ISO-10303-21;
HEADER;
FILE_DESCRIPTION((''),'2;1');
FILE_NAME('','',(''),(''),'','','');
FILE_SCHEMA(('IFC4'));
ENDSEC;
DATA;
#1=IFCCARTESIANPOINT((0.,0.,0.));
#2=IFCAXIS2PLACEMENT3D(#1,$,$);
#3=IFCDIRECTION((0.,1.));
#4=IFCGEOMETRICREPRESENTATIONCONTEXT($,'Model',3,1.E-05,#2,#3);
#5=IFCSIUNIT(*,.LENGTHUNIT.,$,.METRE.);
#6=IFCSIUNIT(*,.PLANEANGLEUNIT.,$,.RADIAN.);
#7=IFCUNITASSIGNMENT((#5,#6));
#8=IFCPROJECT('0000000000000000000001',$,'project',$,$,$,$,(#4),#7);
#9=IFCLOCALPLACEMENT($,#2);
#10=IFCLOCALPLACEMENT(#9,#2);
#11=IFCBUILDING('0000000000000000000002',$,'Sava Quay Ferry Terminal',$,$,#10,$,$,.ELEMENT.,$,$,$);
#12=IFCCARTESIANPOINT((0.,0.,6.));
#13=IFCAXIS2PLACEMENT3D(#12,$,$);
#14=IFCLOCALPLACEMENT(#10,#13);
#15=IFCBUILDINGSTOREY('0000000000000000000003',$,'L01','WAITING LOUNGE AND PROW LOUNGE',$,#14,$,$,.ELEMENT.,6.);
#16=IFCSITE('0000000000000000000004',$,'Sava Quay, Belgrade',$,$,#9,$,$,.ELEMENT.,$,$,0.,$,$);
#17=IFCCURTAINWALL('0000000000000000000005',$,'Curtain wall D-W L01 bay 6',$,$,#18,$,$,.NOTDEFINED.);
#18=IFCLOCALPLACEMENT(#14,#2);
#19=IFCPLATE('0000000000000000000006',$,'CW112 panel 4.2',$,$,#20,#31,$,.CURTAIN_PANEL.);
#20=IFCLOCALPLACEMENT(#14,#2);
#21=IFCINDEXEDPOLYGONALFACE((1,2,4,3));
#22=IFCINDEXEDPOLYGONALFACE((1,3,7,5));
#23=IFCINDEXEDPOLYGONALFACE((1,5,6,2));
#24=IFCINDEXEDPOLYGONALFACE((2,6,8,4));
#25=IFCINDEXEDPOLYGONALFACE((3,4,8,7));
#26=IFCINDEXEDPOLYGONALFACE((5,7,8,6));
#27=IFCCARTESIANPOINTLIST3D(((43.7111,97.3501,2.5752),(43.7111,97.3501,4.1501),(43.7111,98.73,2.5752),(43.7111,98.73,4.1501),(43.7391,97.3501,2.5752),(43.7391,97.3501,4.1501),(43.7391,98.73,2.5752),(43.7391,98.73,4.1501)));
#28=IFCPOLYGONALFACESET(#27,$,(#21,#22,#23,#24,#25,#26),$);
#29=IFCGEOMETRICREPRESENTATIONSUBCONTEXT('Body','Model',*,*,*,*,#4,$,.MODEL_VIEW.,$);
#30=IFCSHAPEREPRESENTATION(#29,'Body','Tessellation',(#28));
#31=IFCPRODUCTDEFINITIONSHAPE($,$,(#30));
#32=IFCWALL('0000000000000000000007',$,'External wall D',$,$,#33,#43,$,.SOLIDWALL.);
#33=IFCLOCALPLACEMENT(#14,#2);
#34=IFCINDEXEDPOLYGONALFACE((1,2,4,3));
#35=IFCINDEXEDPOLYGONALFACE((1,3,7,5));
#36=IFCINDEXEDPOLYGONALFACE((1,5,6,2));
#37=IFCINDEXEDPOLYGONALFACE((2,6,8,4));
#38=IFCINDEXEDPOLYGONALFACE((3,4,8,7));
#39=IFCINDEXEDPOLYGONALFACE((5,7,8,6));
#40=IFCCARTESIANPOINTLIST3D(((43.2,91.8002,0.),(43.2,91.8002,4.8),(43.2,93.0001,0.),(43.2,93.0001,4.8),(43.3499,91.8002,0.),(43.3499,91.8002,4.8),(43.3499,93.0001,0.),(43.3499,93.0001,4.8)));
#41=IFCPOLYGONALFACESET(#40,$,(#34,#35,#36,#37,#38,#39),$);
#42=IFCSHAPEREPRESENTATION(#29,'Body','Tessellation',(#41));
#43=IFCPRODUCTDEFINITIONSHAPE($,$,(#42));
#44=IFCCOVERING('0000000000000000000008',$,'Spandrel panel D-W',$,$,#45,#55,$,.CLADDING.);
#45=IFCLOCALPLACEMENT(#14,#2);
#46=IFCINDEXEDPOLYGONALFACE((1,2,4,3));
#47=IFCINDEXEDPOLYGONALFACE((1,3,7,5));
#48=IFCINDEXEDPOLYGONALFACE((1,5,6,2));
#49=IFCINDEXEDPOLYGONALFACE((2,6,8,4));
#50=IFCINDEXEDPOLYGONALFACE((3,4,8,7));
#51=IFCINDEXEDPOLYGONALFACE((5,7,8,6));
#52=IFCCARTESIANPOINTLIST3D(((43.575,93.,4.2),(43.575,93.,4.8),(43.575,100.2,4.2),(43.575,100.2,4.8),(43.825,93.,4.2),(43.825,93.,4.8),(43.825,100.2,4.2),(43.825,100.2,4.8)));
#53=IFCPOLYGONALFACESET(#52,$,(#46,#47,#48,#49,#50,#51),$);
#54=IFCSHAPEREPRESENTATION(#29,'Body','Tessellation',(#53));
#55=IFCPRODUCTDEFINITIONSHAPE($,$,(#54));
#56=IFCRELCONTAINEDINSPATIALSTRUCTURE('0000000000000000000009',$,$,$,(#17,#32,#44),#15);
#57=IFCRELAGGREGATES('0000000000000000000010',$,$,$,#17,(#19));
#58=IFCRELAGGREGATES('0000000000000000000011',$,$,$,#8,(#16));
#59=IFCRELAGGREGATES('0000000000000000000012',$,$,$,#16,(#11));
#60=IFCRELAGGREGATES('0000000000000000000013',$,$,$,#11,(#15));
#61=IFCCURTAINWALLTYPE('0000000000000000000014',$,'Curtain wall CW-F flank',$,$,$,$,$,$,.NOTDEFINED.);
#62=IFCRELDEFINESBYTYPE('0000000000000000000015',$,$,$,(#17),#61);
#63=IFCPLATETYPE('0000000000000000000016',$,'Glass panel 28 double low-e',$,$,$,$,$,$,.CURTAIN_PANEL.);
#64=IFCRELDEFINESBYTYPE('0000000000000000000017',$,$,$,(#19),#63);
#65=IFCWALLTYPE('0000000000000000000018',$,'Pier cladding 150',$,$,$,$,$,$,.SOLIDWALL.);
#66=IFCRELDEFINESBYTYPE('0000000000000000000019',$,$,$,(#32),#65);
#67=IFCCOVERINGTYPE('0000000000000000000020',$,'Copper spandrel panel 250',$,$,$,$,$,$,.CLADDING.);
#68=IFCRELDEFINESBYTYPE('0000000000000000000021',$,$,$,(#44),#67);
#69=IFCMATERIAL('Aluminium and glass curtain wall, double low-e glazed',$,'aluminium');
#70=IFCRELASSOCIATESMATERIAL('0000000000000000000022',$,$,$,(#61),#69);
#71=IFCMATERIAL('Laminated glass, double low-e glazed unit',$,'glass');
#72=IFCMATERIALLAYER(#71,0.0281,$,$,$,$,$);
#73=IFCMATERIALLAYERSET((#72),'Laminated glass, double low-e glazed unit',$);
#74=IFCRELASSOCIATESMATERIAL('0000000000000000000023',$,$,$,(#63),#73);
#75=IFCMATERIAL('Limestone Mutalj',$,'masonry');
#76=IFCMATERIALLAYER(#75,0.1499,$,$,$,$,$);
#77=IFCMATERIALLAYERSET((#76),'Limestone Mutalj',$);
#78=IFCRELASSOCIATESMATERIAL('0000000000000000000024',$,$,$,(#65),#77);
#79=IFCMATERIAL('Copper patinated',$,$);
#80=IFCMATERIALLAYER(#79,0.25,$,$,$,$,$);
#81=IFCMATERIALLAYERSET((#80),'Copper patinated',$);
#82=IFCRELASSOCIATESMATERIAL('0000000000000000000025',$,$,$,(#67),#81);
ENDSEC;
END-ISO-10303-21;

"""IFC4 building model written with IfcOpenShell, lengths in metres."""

from ifc_helpers import new_model, si_unit, direction, frame, frame_2d, origin, origin_2d, place, context, subcontext, project, spatial, polyline, rectangle, outline, extrude, material, layer, layer_set, type_object, element, aggregate, save


model = new_model("IFC4")

# Units and contexts
model_context = context("Model", 3, precision=1e-05, world=origin(), true_north=direction((0.0, 1.0)))
body_context = subcontext(model_context, "Body", "Model", "MODEL_VIEW")
ifc_project = project(units=[si_unit("LENGTHUNIT", "METRE"), si_unit("PLANEANGLEUNIT", "RADIAN")], contexts=[model_context])

# Site, building, storey
site_placement = place(None, origin())
site = spatial("IfcSite", under=ifc_project, at=site_placement, Name="Sava Quay, Belgrade", CompositionType="ELEMENT", RefElevation=0.0)
building_placement = place(site_placement, origin())
building = spatial("IfcBuilding", under=site, at=building_placement, Name="Sava Quay Ferry Terminal", CompositionType="ELEMENT")
storey_placement = place(building_placement, frame((0.0, 0.0, 6.0)))
storey = spatial("IfcBuildingStorey", under=building, at=storey_placement, Name="L01", Description="WAITING LOUNGE AND PROW LOUNGE", CompositionType="ELEMENT", Elevation=6.0)

# Curtain wall
ifc_material_1 = material(Name="Aluminium and glass curtain wall, double low-e glazed", Category="aluminium")
curtain_wall_type = type_object("IfcCurtainWallType", Name="Curtain wall CW-F flank", PredefinedType="NOTDEFINED", material=ifc_material_1)
curtain_wall_1_placement = place(storey_placement, origin())
curtain_wall_1 = element("IfcCurtainWall", 1, at=curtain_wall_1_placement, inside=storey, type_object=curtain_wall_type, Name="Curtain wall D-W L01 bay 6", PredefinedType="NOTDEFINED")

# Plate
ifc_material_2 = material(Name="Laminated glass, double low-e glazed unit", Category="glass")
ifc_layer_1 = layer(ifc_material_2, 0.0281)
ifc_layer_set_1 = layer_set([ifc_layer_1], Name="Laminated glass, double low-e glazed unit")
plate_type = type_object("IfcPlateType", Name="Glass panel 28 double low-e", PredefinedType="CURTAIN_PANEL", material=ifc_layer_set_1)
plate_1_placement = place(storey_placement, frame((43.7251, 98.04, 2.5752), z_axis=(0.0, 0.0, 1.0), x_axis=(0.0, 1.0, 0.0)))
plate_1 = element("IfcPlate", 2, at=plate_1_placement, type_object=plate_type, Name="CW112 panel 4.2", PredefinedType="CURTAIN_PANEL", context=body_context, shape_type="SweptSolid", body=[
    extrude(rectangle(XDim=1.3799, YDim=0.0281, at=origin_2d()), origin(), (0.0, 0.0, 1.0), 1.575),
])
aggregate(curtain_wall_1, [plate_1])

# Wall
ifc_material_3 = material(Name="Limestone Mutalj", Category="masonry")
ifc_layer_2 = layer(ifc_material_3, 0.1499)
ifc_layer_set_2 = layer_set([ifc_layer_2], Name="Limestone Mutalj")
wall_type = type_object("IfcWallType", Name="Pier cladding 150", PredefinedType="SOLIDWALL", material=ifc_layer_set_2)
wall_placement = place(storey_placement, frame((43.2749, 91.8, 0.0), z_axis=(0.0, 0.0, 1.0), x_axis=(0.0, 1.0, 0.0)))
element("IfcWall", 3, at=wall_placement, inside=storey, type_object=wall_type, Name="External wall D", PredefinedType="SOLIDWALL", context=body_context, shape_type="SweptSolid", body=[
    extrude(rectangle(XDim=1.2, YDim=0.1499, at=frame_2d((0.6001, 0.0))), origin(), (0.0, 0.0, 1.0), 4.8),
])

# Covering
ifc_material_4 = material(Name="Copper patinated")
ifc_layer_3 = layer(ifc_material_4, 0.25)
ifc_layer_set_3 = layer_set([ifc_layer_3], Name="Copper patinated")
covering_type = type_object("IfcCoveringType", Name="Copper spandrel panel 250", PredefinedType="CLADDING", material=ifc_layer_set_3)
covering_placement = place(storey_placement, frame((43.7, 93.0, 4.2), z_axis=(0.0, 0.0, 1.0), x_axis=(0.0, 1.0, 0.0)))
element("IfcCovering", 4, at=covering_placement, inside=storey, type_object=covering_type, Name="Spandrel panel D-W", PredefinedType="CLADDING", context=body_context, shape_type="SweptSolid", body=[
    extrude(outline(polyline([(0.0, 0.0), (7.2, 0.0), (7.2, 0.6001), (0.0, 0.6001), (0.0, 0.0)])), frame((0.0, 0.125, 0.0), z_axis=(0.0, -1.0, 0.0), x_axis=(1.0, 0.0, 0.0)), (0.0, 0.0, 1.0), 0.25),
])

save(model, "model.ifc")
